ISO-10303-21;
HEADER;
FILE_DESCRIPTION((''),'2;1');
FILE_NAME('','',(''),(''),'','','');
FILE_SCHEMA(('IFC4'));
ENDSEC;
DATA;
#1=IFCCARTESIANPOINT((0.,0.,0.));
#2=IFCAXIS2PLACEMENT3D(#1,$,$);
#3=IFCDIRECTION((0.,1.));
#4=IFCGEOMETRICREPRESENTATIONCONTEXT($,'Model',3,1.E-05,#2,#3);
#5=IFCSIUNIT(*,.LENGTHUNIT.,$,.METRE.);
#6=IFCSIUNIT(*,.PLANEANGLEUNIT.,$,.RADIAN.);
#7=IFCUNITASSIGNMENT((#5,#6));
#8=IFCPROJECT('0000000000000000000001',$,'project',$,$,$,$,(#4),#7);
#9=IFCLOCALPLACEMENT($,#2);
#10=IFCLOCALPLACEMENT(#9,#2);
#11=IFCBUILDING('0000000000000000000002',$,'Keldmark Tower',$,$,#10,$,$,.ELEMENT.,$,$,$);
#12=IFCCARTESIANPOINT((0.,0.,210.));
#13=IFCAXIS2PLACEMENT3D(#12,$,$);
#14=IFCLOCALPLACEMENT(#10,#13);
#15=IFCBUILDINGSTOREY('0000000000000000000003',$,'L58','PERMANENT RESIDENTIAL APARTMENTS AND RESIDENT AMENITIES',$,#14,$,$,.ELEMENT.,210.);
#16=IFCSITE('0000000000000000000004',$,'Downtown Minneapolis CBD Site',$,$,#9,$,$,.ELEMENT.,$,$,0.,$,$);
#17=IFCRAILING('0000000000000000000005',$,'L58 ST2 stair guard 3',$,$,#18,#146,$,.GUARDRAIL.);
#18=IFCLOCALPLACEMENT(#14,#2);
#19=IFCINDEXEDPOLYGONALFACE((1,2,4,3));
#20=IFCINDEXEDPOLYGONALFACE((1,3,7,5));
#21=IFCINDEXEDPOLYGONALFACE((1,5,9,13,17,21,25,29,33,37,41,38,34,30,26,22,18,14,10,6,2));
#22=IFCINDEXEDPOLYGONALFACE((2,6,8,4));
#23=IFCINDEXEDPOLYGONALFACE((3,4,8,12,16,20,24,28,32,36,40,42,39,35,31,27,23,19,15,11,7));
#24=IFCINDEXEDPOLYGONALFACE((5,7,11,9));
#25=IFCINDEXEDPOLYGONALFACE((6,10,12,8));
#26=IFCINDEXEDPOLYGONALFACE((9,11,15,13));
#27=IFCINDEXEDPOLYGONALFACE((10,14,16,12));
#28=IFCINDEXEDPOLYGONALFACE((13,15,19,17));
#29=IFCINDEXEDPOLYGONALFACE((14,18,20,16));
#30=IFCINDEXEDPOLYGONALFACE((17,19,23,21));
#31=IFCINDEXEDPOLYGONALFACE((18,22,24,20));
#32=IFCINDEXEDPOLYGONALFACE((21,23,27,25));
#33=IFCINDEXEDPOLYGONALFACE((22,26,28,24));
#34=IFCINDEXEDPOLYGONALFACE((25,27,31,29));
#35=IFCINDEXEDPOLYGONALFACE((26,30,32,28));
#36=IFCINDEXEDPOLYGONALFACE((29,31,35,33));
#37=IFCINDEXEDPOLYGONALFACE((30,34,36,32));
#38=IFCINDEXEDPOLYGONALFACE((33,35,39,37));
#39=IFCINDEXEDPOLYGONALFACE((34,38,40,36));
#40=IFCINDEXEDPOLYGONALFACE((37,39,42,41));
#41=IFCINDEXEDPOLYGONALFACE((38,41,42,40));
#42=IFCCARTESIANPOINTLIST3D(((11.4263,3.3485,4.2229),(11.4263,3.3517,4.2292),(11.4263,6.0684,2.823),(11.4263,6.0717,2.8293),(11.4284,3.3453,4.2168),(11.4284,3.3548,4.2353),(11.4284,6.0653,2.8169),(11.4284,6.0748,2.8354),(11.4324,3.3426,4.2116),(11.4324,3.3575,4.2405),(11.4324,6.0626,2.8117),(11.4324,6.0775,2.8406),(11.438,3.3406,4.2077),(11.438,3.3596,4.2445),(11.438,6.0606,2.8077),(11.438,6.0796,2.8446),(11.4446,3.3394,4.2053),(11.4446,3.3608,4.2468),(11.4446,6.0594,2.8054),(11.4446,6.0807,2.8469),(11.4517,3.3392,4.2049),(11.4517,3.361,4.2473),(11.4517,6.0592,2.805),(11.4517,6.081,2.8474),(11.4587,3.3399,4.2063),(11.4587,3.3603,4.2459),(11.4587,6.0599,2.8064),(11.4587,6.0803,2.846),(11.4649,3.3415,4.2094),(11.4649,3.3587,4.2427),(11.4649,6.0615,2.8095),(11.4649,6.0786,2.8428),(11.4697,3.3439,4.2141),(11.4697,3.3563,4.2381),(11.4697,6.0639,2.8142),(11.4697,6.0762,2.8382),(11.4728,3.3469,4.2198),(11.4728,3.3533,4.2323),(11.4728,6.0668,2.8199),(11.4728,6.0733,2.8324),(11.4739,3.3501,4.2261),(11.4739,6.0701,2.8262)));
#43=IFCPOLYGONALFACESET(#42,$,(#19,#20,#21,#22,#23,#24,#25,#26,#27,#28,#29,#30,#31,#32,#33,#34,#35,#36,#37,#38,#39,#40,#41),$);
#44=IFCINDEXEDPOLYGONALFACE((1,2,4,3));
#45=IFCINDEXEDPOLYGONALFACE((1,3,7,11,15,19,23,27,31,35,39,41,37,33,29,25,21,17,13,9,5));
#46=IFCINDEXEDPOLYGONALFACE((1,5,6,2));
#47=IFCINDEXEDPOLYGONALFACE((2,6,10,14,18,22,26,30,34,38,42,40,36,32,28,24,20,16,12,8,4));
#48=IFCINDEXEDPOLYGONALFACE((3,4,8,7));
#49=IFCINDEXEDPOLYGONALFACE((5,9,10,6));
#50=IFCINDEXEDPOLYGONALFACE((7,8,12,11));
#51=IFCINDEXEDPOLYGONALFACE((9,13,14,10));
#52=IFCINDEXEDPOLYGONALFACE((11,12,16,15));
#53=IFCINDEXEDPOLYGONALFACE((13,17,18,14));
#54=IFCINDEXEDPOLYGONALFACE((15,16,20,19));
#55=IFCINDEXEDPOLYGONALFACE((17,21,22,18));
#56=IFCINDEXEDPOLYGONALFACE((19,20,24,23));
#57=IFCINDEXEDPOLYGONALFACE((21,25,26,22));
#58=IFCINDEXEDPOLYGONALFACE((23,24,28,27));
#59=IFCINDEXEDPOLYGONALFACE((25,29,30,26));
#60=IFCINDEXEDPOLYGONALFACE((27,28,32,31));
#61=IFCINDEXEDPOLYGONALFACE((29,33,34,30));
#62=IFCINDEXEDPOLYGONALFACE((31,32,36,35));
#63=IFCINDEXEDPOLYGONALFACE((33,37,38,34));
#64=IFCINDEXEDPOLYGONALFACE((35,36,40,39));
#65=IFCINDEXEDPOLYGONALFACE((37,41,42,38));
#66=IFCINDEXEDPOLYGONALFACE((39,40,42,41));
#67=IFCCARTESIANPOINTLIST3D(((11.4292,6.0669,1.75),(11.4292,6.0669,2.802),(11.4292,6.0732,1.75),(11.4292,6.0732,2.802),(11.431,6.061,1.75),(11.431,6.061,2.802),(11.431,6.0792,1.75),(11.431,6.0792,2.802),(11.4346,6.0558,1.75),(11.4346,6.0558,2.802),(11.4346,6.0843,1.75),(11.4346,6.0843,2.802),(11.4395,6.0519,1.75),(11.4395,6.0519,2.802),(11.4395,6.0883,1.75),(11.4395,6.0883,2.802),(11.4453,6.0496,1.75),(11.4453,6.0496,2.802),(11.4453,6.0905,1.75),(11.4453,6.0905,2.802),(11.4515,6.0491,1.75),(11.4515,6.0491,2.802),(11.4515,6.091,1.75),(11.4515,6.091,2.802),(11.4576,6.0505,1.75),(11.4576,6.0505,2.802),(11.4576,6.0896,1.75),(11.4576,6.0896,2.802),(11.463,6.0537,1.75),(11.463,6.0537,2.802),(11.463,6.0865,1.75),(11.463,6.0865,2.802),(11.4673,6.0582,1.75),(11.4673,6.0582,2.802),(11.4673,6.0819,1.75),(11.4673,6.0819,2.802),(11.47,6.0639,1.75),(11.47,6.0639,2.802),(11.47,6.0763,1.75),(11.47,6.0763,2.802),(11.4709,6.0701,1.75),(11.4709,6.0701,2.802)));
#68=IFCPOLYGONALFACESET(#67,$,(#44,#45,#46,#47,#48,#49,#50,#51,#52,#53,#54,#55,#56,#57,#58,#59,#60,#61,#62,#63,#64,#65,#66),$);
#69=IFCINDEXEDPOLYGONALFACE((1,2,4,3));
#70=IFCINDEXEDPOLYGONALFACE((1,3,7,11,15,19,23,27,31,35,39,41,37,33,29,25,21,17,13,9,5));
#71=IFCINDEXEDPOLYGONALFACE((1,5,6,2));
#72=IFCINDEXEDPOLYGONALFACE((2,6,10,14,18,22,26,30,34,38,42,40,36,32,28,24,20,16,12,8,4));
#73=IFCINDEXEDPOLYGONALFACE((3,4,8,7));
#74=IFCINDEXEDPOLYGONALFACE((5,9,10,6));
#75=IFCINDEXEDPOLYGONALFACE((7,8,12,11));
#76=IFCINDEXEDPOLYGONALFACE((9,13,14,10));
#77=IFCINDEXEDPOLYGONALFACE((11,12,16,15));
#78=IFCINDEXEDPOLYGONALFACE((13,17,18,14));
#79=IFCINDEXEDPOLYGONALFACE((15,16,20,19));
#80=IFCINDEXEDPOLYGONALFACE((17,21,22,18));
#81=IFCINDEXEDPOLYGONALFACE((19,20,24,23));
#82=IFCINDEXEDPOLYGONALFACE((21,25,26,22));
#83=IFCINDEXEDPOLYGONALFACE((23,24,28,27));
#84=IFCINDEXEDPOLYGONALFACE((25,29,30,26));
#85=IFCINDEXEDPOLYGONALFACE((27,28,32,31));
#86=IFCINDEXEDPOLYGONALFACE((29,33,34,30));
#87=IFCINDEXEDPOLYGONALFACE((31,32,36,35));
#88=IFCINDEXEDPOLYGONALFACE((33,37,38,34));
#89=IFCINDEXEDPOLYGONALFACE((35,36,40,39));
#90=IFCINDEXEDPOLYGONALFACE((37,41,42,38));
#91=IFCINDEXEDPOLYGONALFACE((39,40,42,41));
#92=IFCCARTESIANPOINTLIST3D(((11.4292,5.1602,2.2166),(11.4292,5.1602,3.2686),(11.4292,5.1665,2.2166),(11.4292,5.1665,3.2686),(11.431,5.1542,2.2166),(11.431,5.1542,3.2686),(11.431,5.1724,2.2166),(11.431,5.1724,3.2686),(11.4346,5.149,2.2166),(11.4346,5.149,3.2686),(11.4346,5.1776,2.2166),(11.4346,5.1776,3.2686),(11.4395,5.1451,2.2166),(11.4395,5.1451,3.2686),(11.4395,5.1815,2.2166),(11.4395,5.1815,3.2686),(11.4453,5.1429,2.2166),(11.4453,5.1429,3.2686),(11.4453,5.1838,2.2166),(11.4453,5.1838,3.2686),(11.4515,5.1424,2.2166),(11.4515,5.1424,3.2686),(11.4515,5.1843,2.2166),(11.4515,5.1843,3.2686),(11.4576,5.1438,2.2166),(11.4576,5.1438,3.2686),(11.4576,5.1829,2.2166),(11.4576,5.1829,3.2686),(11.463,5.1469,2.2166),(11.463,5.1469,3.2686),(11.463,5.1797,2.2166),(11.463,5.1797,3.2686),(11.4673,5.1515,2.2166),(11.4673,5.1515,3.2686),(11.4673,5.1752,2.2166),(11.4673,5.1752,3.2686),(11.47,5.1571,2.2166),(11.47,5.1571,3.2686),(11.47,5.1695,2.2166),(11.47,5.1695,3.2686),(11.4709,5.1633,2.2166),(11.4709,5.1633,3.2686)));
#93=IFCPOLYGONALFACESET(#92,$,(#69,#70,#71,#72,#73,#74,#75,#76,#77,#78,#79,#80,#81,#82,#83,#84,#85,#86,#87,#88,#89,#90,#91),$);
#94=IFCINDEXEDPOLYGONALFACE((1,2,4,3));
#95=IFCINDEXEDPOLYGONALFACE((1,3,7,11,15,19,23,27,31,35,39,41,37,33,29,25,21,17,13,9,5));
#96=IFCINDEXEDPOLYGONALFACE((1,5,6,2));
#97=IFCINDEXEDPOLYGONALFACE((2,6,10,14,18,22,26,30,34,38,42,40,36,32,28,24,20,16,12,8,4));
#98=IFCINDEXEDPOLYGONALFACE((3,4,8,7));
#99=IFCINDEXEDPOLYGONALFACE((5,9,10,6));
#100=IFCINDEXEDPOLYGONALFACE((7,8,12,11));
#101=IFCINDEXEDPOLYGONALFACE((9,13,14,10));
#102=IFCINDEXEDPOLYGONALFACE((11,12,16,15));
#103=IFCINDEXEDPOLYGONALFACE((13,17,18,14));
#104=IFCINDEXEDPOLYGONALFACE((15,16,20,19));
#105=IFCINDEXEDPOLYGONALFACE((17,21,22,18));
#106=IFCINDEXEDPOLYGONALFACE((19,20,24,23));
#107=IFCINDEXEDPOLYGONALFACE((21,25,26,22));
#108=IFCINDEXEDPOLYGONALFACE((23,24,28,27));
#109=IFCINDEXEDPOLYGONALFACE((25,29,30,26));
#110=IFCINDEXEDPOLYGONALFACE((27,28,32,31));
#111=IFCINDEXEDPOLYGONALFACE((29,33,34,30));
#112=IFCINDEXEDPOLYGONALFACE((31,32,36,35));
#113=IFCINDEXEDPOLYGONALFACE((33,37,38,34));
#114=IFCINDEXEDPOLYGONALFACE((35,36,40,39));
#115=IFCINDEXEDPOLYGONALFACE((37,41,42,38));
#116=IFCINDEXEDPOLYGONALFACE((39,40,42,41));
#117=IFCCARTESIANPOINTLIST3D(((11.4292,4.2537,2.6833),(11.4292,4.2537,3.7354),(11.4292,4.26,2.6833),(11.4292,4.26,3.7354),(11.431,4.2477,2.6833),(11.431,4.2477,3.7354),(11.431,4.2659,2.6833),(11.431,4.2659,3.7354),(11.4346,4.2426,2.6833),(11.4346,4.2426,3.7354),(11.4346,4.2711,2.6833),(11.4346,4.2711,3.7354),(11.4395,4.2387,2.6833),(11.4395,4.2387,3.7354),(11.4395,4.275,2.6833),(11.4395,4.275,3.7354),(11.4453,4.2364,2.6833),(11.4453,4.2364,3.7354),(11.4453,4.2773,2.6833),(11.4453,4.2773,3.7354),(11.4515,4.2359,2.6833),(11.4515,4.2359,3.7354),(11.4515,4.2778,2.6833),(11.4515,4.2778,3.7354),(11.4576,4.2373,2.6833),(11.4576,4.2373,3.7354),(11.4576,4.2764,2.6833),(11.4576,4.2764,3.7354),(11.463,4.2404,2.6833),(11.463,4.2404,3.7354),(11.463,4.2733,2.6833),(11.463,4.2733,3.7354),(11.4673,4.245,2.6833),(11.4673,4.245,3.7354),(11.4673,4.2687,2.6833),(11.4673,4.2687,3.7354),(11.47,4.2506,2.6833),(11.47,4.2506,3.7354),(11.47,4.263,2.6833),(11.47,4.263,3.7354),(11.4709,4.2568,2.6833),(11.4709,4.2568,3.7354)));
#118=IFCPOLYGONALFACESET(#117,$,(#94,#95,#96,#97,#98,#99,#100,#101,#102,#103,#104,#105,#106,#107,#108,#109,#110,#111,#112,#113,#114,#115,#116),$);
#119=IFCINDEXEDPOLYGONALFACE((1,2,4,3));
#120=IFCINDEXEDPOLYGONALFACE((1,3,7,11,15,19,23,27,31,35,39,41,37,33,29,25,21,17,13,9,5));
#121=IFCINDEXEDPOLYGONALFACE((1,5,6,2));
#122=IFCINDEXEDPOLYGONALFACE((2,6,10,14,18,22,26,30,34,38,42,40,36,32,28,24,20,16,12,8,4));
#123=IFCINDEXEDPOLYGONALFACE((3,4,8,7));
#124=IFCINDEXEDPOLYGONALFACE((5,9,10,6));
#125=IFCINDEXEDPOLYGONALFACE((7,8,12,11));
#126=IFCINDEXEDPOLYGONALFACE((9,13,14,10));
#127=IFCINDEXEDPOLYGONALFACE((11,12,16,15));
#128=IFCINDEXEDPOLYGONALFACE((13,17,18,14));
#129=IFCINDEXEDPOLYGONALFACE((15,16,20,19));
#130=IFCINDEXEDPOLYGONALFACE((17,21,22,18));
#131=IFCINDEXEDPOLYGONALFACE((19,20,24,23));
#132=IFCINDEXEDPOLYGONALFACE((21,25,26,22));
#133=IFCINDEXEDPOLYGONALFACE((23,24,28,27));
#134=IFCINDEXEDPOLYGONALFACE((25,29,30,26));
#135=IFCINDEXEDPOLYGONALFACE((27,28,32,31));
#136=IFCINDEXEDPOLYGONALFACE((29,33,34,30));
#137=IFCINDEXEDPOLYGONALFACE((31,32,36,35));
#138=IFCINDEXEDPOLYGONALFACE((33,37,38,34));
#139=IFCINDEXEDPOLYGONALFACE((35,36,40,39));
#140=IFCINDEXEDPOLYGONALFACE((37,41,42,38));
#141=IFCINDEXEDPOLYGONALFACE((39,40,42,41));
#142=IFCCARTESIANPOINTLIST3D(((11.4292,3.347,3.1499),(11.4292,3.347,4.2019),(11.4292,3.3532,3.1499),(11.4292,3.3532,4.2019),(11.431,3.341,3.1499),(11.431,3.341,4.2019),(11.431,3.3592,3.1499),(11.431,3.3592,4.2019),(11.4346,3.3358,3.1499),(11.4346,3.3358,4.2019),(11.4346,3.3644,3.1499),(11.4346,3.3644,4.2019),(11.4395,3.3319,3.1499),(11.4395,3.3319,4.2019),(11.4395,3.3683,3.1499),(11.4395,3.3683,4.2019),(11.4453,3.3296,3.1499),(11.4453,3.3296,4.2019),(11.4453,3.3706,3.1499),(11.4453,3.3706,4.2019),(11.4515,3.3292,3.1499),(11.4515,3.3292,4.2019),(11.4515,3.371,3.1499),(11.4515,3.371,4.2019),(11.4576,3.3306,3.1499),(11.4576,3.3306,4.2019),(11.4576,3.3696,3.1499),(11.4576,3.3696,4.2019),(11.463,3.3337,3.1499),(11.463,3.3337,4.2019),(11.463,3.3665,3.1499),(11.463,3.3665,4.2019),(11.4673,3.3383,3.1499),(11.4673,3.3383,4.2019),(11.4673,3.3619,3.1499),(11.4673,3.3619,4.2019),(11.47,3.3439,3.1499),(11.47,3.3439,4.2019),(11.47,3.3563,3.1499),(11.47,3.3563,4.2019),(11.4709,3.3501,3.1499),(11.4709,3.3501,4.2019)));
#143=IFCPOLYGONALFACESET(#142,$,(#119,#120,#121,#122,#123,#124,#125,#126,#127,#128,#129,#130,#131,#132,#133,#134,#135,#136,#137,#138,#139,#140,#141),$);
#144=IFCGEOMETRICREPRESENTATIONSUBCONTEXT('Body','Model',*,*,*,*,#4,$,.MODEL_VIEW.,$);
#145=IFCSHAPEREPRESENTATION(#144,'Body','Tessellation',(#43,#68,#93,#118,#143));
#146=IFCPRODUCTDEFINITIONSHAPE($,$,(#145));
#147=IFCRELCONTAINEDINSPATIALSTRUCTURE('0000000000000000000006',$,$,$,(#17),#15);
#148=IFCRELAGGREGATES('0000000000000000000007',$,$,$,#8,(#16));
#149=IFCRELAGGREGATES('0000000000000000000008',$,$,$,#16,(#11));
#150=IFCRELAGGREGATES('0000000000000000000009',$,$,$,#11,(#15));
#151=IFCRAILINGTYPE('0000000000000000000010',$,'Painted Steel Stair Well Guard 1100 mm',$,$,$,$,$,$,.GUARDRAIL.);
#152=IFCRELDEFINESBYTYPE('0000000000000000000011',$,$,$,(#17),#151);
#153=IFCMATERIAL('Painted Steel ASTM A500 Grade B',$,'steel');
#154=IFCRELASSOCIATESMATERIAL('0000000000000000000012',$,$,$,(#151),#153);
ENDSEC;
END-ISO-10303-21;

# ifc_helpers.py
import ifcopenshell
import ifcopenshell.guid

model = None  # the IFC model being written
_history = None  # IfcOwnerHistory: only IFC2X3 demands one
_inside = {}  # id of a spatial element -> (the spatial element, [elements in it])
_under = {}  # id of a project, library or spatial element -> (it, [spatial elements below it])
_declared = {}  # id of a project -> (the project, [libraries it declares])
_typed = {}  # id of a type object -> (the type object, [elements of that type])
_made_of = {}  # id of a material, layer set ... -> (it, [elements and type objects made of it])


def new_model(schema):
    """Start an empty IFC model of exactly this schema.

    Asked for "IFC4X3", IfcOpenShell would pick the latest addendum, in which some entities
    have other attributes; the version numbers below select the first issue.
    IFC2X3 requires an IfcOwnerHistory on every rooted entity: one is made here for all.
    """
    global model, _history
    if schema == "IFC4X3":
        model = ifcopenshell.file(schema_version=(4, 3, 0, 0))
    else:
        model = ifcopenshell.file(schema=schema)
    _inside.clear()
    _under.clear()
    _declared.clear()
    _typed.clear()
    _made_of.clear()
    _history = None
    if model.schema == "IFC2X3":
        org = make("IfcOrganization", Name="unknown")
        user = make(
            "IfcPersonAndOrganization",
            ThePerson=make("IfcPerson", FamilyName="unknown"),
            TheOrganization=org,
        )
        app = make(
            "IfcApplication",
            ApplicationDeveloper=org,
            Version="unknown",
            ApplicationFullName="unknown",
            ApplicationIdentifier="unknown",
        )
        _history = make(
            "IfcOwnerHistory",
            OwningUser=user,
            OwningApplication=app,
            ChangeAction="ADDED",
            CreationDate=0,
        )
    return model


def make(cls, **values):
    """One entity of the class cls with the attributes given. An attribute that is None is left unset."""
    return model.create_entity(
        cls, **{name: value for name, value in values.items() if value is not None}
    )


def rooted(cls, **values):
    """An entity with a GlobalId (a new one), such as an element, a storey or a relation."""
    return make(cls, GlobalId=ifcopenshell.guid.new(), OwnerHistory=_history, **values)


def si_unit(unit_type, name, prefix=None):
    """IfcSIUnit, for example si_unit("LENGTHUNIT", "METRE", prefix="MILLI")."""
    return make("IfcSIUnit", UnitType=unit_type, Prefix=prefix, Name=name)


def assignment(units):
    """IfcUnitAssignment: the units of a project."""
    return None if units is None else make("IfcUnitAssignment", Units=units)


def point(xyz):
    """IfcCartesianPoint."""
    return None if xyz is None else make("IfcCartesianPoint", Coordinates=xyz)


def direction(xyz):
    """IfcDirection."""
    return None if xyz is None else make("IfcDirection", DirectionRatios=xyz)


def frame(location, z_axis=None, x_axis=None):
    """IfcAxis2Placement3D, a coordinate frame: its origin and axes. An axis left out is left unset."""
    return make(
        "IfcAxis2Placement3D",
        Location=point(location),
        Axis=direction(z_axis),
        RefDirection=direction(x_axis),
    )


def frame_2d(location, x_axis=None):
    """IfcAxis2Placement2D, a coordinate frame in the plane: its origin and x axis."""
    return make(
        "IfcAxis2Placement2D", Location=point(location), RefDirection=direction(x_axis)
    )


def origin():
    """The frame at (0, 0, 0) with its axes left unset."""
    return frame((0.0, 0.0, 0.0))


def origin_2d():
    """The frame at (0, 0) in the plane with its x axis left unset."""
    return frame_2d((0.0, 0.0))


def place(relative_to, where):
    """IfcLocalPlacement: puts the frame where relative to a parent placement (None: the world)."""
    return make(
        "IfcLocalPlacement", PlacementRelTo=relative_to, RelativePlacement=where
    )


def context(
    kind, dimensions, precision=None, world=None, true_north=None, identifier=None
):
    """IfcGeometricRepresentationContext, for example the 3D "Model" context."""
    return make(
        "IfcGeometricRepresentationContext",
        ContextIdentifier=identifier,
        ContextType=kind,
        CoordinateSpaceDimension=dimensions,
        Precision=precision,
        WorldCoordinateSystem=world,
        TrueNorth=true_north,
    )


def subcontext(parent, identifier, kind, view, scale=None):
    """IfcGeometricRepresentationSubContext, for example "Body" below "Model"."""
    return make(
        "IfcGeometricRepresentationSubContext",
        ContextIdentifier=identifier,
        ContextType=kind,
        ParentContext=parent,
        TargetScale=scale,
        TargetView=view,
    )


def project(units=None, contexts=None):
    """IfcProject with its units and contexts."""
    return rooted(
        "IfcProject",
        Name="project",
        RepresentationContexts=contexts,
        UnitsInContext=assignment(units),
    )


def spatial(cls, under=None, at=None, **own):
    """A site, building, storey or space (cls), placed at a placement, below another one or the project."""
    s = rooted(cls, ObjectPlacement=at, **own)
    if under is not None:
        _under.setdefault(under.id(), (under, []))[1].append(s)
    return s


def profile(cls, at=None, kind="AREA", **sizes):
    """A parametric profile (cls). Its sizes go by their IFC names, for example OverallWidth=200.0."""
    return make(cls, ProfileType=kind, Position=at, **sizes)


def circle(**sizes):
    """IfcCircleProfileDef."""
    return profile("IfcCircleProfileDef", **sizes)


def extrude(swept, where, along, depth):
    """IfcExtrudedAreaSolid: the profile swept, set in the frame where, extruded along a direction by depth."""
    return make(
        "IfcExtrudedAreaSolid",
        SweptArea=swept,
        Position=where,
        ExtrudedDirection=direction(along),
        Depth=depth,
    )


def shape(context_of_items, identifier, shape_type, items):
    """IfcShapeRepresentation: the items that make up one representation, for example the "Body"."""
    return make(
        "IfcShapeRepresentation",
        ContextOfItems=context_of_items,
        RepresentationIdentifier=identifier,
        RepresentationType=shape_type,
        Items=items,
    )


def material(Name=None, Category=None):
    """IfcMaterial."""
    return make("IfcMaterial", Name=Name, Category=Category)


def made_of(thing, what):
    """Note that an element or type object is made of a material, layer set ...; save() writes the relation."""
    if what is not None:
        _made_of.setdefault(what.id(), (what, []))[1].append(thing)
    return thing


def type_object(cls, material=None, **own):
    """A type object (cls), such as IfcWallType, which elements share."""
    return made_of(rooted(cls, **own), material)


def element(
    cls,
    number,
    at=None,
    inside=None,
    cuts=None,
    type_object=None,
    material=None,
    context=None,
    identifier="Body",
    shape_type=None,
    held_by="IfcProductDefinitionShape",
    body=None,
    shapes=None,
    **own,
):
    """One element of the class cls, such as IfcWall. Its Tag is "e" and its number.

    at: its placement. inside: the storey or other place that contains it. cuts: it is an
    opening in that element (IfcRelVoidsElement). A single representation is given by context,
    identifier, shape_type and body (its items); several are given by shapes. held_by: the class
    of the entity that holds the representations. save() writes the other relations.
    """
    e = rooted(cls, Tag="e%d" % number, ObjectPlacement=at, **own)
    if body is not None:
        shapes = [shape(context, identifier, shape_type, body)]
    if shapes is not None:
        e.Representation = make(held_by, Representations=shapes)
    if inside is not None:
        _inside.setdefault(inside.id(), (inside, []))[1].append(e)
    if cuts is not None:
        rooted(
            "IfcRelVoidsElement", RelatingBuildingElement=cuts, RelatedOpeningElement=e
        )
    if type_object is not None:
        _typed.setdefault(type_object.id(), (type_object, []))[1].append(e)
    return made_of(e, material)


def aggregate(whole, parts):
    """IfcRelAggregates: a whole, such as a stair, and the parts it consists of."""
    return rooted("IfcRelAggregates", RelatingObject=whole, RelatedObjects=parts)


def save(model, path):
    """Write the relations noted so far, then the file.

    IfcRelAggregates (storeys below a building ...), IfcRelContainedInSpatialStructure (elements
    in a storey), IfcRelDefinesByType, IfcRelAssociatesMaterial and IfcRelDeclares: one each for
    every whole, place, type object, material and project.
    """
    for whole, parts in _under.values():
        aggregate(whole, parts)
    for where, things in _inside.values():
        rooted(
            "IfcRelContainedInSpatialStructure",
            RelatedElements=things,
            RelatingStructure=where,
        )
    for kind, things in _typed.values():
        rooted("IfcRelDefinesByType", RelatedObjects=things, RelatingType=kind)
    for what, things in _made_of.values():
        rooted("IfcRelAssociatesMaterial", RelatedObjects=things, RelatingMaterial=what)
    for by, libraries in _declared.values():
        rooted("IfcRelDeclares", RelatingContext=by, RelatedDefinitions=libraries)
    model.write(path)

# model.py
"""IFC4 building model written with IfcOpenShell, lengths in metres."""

from ifc_helpers import new_model, si_unit, direction, frame, origin, origin_2d, place, context, subcontext, project, spatial, circle, extrude, material, type_object, element, save


model = new_model("IFC4")

# Units and contexts
model_context = context("Model", 3, precision=1e-05, world=origin(), true_north=direction((0.0, 1.0)))
body_context = subcontext(model_context, "Body", "Model", "MODEL_VIEW")
ifc_project = project(units=[si_unit("LENGTHUNIT", "METRE"), si_unit("PLANEANGLEUNIT", "RADIAN")], contexts=[model_context])

# Site, building, storey
site_placement = place(None, origin())
site = spatial("IfcSite", under=ifc_project, at=site_placement, Name="Downtown Minneapolis CBD Site", CompositionType="ELEMENT", RefElevation=0.0)
building_placement = place(site_placement, origin())
building = spatial("IfcBuilding", under=site, at=building_placement, Name="Keldmark Tower", CompositionType="ELEMENT")
storey_placement = place(building_placement, frame((0.0, 0.0, 210.0)))
storey = spatial("IfcBuildingStorey", under=building, at=storey_placement, Name="L58", Description="PERMANENT RESIDENTIAL APARTMENTS AND RESIDENT AMENITIES", CompositionType="ELEMENT", Elevation=210.0)

# Railing
ifc_material_1 = material(Name="Painted Steel ASTM A500 Grade B", Category="steel")
railing_type_1 = type_object("IfcRailingType", Name="Painted Steel Stair Well Guard 1100 mm", PredefinedType="GUARDRAIL", material=ifc_material_1)
railing_1_placement = place(storey_placement, frame((11.45, 6.0701, 1.75)))
element("IfcRailing", 1, at=railing_1_placement, inside=storey, type_object=railing_type_1, Name="L58 ST2 stair guard 3", PredefinedType="GUARDRAIL", context=body_context, shape_type="SweptSolid", body=[
    extrude(circle(Radius=0.0239, at=origin_2d()), frame((0.0, 0.0, 1.0762), z_axis=(0.0, -0.889147, 0.457622), x_axis=(1.0, 0.0, 0.0)), (0.0, 0.0, 1.0), 3.0591),
    extrude(circle(Radius=0.021, at=origin_2d()), origin(), (0.0, 0.0, 1.0), 1.052),
    extrude(circle(Radius=0.021, at=origin_2d()), frame((0.0, -0.9067, 0.4666)), (0.0, 0.0, 1.0), 1.052),
    extrude(circle(Radius=0.021, at=origin_2d()), frame((0.0, -1.8132, 0.9333)), (0.0, 0.0, 1.0), 1.052),
    extrude(circle(Radius=0.021, at=origin_2d()), frame((0.0, -2.72, 1.3999)), (0.0, 0.0, 1.0), 1.052),
])

save(model, "model.ifc")
